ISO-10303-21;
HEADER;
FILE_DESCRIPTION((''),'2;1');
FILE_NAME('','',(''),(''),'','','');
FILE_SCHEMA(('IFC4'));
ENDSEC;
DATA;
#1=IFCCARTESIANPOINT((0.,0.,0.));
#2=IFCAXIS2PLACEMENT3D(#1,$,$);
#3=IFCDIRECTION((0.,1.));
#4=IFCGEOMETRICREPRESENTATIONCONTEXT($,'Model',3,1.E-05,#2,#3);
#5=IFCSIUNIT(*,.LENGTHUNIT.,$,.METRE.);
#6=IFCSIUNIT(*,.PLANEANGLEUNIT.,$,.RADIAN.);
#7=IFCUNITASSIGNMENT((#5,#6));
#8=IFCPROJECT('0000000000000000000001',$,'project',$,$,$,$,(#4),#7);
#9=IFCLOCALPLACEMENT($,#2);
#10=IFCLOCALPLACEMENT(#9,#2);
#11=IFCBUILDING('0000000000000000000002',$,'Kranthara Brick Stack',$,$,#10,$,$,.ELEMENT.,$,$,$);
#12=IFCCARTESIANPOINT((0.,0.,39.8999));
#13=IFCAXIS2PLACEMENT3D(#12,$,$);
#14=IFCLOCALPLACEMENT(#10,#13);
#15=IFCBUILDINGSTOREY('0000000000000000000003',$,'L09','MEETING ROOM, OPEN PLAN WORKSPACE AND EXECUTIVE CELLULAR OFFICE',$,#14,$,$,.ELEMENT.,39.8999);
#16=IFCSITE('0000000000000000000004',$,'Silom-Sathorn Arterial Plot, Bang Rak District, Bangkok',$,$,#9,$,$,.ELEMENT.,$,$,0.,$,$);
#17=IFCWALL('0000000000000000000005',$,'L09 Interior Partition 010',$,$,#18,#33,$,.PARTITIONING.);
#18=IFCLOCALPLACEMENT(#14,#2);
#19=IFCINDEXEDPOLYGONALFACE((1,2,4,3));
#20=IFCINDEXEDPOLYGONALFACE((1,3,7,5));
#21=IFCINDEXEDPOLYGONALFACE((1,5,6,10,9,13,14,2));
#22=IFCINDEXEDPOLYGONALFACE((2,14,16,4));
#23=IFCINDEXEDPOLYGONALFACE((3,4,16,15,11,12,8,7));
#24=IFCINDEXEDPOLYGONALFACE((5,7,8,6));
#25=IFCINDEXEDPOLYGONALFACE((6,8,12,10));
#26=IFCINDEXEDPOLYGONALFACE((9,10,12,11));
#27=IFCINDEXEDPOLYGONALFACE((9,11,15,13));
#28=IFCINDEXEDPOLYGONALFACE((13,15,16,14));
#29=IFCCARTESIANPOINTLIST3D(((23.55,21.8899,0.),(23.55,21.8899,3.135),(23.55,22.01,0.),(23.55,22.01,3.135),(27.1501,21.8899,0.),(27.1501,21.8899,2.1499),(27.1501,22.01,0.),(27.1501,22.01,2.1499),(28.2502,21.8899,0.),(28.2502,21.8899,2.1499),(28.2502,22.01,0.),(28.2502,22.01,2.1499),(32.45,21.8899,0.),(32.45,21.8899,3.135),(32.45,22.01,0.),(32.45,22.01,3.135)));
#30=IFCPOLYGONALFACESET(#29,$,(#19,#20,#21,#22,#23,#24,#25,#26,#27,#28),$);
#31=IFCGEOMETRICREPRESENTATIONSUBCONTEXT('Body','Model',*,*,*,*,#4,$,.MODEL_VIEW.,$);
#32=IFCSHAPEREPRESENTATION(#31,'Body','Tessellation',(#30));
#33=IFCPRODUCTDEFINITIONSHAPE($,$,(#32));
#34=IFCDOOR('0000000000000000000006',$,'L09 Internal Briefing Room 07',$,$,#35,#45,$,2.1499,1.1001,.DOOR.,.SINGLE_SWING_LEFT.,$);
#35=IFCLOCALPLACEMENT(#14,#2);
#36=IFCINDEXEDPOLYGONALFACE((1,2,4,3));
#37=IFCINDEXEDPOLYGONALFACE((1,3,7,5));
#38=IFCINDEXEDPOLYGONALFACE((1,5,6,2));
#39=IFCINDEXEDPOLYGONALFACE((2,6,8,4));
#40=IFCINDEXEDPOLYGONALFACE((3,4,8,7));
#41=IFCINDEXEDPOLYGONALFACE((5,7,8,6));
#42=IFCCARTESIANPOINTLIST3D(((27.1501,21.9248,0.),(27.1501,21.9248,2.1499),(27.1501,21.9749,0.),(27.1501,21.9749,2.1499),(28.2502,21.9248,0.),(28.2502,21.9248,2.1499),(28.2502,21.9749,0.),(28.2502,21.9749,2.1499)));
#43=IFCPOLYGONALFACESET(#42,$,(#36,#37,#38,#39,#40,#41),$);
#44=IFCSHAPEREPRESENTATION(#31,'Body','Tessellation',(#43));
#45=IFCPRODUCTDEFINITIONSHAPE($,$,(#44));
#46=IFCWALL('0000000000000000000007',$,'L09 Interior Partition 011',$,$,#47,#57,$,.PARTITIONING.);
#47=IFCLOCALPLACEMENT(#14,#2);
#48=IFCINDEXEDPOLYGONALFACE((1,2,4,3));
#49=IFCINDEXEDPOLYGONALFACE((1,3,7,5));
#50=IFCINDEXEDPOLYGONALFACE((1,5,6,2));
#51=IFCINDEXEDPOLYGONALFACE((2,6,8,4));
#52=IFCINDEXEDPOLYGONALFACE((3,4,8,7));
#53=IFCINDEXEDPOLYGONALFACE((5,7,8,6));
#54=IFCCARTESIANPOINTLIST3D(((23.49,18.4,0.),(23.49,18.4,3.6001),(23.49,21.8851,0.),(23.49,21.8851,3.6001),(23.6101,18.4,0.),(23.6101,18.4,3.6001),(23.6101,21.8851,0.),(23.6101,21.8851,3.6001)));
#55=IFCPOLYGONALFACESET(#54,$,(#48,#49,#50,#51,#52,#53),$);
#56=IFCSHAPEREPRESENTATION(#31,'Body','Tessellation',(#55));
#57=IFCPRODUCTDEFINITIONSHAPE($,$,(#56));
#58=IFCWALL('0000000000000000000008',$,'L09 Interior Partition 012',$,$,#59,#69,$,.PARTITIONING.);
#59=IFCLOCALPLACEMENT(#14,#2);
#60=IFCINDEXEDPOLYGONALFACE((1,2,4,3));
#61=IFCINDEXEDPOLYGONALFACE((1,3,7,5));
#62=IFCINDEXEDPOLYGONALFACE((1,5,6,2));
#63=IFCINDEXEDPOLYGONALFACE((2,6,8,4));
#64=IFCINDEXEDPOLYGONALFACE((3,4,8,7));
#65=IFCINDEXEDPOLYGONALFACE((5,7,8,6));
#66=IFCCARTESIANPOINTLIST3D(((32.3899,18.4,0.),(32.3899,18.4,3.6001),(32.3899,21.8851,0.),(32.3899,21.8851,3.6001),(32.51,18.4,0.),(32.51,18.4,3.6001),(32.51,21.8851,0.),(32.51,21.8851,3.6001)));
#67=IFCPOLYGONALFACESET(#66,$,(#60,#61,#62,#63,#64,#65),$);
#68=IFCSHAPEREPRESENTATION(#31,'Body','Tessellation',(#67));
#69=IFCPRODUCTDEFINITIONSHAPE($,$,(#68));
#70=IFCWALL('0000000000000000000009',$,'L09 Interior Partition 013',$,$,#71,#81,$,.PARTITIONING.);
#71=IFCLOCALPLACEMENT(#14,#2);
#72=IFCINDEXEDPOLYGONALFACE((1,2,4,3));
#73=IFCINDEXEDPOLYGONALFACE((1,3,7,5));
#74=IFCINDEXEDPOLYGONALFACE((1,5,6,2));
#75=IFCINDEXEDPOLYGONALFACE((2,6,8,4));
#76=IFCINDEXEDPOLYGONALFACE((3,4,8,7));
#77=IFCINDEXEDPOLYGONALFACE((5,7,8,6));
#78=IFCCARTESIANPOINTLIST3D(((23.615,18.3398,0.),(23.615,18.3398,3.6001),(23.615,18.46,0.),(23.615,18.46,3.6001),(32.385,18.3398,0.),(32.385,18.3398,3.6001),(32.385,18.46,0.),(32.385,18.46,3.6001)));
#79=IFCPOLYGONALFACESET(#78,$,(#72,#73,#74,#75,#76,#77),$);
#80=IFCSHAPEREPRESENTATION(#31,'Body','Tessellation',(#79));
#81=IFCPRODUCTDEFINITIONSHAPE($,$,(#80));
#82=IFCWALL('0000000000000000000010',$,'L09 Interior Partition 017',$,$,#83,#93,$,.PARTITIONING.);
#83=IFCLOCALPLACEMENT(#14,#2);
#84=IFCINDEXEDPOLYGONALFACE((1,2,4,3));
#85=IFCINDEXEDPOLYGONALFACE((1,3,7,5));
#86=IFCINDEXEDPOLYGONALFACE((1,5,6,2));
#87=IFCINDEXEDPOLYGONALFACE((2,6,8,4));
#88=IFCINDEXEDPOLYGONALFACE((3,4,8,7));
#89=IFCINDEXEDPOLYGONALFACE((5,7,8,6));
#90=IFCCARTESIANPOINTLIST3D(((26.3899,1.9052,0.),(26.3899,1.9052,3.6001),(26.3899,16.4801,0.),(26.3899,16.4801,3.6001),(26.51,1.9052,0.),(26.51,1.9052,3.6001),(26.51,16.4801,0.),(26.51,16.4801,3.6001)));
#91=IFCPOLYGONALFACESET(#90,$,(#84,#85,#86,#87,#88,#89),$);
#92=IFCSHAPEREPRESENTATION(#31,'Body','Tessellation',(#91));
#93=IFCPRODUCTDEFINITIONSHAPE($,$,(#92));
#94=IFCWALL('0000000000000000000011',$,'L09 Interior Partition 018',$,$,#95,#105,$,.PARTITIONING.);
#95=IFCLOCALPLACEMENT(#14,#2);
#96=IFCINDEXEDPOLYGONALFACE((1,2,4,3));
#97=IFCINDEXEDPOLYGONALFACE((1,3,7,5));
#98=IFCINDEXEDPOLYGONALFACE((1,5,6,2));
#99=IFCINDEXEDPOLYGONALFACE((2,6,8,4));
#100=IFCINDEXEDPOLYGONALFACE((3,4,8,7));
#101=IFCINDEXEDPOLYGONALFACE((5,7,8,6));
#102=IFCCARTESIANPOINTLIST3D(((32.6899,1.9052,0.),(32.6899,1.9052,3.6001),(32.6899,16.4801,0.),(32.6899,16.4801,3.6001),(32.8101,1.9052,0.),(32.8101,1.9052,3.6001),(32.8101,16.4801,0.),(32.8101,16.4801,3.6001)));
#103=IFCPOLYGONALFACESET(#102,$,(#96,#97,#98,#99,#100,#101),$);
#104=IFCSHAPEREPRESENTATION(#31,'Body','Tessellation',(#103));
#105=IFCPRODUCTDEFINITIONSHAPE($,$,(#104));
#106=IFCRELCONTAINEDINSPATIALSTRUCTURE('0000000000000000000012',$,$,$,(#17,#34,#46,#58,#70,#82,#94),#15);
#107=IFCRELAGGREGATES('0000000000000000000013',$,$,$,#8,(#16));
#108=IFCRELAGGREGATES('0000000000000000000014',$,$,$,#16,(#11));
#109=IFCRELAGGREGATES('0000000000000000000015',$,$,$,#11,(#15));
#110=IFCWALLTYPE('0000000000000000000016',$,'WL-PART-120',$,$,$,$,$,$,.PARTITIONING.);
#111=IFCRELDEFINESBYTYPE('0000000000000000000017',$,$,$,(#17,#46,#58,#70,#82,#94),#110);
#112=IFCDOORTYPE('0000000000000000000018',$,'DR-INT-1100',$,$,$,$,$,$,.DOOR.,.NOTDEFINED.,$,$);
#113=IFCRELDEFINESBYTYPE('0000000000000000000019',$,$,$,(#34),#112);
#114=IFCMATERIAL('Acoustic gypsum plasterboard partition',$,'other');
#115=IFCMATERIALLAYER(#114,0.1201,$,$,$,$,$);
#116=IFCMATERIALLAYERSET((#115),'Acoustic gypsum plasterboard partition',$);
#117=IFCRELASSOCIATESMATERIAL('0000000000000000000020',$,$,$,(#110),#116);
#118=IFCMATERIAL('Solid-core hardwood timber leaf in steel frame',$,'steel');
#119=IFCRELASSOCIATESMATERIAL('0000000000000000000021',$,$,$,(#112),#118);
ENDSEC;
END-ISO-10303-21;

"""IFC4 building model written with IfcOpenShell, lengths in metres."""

from ifc_helpers import new_model, si_unit, direction, frame, frame_2d, origin, place, context, subcontext, project, spatial, rectangle, extrude, material, layer, layer_set, type_object, element, fill, save


model = new_model("IFC4")

# Units and contexts
model_context = context("Model", 3, precision=1e-05, world=origin(), true_north=direction((0.0, 1.0)))
body_context = subcontext(model_context, "Body", "Model", "MODEL_VIEW")
ifc_project = project(units=[si_unit("LENGTHUNIT", "METRE"), si_unit("PLANEANGLEUNIT", "RADIAN")], contexts=[model_context])

# Site, building, storey
site_placement = place(None, origin())
site = spatial("IfcSite", under=ifc_project, at=site_placement, Name="Silom-Sathorn Arterial Plot, Bang Rak District, Bangkok", CompositionType="ELEMENT", RefElevation=0.0)
building_placement = place(site_placement, origin())
building = spatial("IfcBuilding", under=site, at=building_placement, Name="Kranthara Brick Stack", CompositionType="ELEMENT")
storey_placement = place(building_placement, frame((0.0, 0.0, 39.8999)))
storey = spatial("IfcBuildingStorey", under=building, at=storey_placement, Name="L09", Description="MEETING ROOM, OPEN PLAN WORKSPACE AND EXECUTIVE CELLULAR OFFICE", CompositionType="ELEMENT", Elevation=39.8999)

# Shared definitions
ifc_material_1 = material(Name="Acoustic gypsum plasterboard partition", Category="other")
ifc_layer = layer(ifc_material_1, 0.1201)
ifc_layer_set = layer_set([ifc_layer], Name="Acoustic gypsum plasterboard partition")
wall_type = type_object("IfcWallType", Name="WL-PART-120", PredefinedType="PARTITIONING", material=ifc_layer_set)

# Wall, opening, door
wall_1_placement = place(storey_placement, frame((23.55, 21.95, 0.0), z_axis=(0.0, 0.0, 1.0), x_axis=(1.0, 0.0, 0.0)))
wall_1 = element("IfcWall", 1, at=wall_1_placement, inside=storey, type_object=wall_type, Name="L09 Interior Partition 010", PredefinedType="PARTITIONING", context=body_context, shape_type="SweptSolid", body=[
    extrude(rectangle(XDim=8.8999, YDim=0.1201, at=frame_2d((4.45, 0.0))), origin(), (0.0, 0.0, 1.0), 3.135),
])
opening_1_placement = place(wall_1_placement, frame((3.6001, 0.0, 0.0)))
opening_1 = element("IfcOpeningElement", 2, at=opening_1_placement, cuts=wall_1, PredefinedType="OPENING", context=body_context, shape_type="SweptSolid", body=[
    extrude(rectangle(XDim=1.1001, YDim=2.1499, at=frame_2d((0.55, 1.075))), frame((0.0, 0.0701, 0.0), z_axis=(0.0, -1.0, 0.0), x_axis=(1.0, 0.0, 0.0)), (0.0, 0.0, 1.0), 0.1401),
])
ifc_material_2 = material(Name="Solid-core hardwood timber leaf in steel frame", Category="steel")
door_type_1 = type_object("IfcDoorType", Name="DR-INT-1100", OperationType="NOTDEFINED", PredefinedType="DOOR", material=ifc_material_2)
door_1_placement = place(opening_1_placement, origin())
door_1 = element("IfcDoor", 3, at=door_1_placement, inside=storey, type_object=door_type_1, Name="L09 Internal Briefing Room 07", OperationType="SINGLE_SWING_LEFT", OverallHeight=2.1499, OverallWidth=1.1001, PredefinedType="DOOR", context=body_context, shape_type="SweptSolid", body=[
    extrude(rectangle(XDim=1.1001, YDim=2.1499, at=frame_2d((0.55, 1.075))), frame((0.0, 0.0249, 0.0), z_axis=(0.0, -1.0, 0.0), x_axis=(1.0, 0.0, 0.0)), (0.0, 0.0, 1.0), 0.05),
])
fill(opening_1, door_1)

# Walls
for number, where, z_axis, x_axis, name in (
    (4, (23.55, 18.3999, 0.0), (0.0, 0.0, 1.0), (0.0, 1.0, 0.0), "L09 Interior Partition 011"),
    (5, (32.45, 18.3999, 0.0), (0.0, 0.0, 1.0), (0.0, 1.0, 0.0), "L09 Interior Partition 012"),
):
    element("IfcWall", number, at=place(storey_placement, frame(where, z_axis=z_axis, x_axis=x_axis)), inside=storey, type_object=wall_type, Name=name, PredefinedType="PARTITIONING", context=body_context, shape_type="SweptSolid", body=[
        extrude(rectangle(XDim=3.4851, YDim=0.1201, at=frame_2d((1.7427, 0.0))), origin(), (0.0, 0.0, 1.0), 3.6001),
    ])
wall_2_placement = place(storey_placement, frame((23.615, 18.3999, 0.0), z_axis=(0.0, 0.0, 1.0), x_axis=(1.0, 0.0, 0.0)))
element("IfcWall", 6, at=wall_2_placement, inside=storey, type_object=wall_type, Name="L09 Interior Partition 013", PredefinedType="PARTITIONING", context=body_context, shape_type="SweptSolid", body=[
    extrude(rectangle(XDim=8.77, YDim=0.1201, at=frame_2d((4.385, 0.0))), origin(), (0.0, 0.0, 1.0), 3.6001),
])
for number, where, z_axis, x_axis, name in (
    (7, (26.45, 1.905, 0.0), (0.0, 0.0, 1.0), (0.0, 1.0, 0.0), "L09 Interior Partition 017"),
    (8, (32.75, 1.905, 0.0), (0.0, 0.0, 1.0), (0.0, 1.0, 0.0), "L09 Interior Partition 018"),
):
    element("IfcWall", number, at=place(storey_placement, frame(where, z_axis=z_axis, x_axis=x_axis)), inside=storey, type_object=wall_type, Name=name, PredefinedType="PARTITIONING", context=body_context, shape_type="SweptSolid", body=[
        extrude(rectangle(XDim=14.575, YDim=0.1201, at=frame_2d((7.2876, 0.0))), origin(), (0.0, 0.0, 1.0), 3.6001),
    ])

save(model, "model.ifc")
